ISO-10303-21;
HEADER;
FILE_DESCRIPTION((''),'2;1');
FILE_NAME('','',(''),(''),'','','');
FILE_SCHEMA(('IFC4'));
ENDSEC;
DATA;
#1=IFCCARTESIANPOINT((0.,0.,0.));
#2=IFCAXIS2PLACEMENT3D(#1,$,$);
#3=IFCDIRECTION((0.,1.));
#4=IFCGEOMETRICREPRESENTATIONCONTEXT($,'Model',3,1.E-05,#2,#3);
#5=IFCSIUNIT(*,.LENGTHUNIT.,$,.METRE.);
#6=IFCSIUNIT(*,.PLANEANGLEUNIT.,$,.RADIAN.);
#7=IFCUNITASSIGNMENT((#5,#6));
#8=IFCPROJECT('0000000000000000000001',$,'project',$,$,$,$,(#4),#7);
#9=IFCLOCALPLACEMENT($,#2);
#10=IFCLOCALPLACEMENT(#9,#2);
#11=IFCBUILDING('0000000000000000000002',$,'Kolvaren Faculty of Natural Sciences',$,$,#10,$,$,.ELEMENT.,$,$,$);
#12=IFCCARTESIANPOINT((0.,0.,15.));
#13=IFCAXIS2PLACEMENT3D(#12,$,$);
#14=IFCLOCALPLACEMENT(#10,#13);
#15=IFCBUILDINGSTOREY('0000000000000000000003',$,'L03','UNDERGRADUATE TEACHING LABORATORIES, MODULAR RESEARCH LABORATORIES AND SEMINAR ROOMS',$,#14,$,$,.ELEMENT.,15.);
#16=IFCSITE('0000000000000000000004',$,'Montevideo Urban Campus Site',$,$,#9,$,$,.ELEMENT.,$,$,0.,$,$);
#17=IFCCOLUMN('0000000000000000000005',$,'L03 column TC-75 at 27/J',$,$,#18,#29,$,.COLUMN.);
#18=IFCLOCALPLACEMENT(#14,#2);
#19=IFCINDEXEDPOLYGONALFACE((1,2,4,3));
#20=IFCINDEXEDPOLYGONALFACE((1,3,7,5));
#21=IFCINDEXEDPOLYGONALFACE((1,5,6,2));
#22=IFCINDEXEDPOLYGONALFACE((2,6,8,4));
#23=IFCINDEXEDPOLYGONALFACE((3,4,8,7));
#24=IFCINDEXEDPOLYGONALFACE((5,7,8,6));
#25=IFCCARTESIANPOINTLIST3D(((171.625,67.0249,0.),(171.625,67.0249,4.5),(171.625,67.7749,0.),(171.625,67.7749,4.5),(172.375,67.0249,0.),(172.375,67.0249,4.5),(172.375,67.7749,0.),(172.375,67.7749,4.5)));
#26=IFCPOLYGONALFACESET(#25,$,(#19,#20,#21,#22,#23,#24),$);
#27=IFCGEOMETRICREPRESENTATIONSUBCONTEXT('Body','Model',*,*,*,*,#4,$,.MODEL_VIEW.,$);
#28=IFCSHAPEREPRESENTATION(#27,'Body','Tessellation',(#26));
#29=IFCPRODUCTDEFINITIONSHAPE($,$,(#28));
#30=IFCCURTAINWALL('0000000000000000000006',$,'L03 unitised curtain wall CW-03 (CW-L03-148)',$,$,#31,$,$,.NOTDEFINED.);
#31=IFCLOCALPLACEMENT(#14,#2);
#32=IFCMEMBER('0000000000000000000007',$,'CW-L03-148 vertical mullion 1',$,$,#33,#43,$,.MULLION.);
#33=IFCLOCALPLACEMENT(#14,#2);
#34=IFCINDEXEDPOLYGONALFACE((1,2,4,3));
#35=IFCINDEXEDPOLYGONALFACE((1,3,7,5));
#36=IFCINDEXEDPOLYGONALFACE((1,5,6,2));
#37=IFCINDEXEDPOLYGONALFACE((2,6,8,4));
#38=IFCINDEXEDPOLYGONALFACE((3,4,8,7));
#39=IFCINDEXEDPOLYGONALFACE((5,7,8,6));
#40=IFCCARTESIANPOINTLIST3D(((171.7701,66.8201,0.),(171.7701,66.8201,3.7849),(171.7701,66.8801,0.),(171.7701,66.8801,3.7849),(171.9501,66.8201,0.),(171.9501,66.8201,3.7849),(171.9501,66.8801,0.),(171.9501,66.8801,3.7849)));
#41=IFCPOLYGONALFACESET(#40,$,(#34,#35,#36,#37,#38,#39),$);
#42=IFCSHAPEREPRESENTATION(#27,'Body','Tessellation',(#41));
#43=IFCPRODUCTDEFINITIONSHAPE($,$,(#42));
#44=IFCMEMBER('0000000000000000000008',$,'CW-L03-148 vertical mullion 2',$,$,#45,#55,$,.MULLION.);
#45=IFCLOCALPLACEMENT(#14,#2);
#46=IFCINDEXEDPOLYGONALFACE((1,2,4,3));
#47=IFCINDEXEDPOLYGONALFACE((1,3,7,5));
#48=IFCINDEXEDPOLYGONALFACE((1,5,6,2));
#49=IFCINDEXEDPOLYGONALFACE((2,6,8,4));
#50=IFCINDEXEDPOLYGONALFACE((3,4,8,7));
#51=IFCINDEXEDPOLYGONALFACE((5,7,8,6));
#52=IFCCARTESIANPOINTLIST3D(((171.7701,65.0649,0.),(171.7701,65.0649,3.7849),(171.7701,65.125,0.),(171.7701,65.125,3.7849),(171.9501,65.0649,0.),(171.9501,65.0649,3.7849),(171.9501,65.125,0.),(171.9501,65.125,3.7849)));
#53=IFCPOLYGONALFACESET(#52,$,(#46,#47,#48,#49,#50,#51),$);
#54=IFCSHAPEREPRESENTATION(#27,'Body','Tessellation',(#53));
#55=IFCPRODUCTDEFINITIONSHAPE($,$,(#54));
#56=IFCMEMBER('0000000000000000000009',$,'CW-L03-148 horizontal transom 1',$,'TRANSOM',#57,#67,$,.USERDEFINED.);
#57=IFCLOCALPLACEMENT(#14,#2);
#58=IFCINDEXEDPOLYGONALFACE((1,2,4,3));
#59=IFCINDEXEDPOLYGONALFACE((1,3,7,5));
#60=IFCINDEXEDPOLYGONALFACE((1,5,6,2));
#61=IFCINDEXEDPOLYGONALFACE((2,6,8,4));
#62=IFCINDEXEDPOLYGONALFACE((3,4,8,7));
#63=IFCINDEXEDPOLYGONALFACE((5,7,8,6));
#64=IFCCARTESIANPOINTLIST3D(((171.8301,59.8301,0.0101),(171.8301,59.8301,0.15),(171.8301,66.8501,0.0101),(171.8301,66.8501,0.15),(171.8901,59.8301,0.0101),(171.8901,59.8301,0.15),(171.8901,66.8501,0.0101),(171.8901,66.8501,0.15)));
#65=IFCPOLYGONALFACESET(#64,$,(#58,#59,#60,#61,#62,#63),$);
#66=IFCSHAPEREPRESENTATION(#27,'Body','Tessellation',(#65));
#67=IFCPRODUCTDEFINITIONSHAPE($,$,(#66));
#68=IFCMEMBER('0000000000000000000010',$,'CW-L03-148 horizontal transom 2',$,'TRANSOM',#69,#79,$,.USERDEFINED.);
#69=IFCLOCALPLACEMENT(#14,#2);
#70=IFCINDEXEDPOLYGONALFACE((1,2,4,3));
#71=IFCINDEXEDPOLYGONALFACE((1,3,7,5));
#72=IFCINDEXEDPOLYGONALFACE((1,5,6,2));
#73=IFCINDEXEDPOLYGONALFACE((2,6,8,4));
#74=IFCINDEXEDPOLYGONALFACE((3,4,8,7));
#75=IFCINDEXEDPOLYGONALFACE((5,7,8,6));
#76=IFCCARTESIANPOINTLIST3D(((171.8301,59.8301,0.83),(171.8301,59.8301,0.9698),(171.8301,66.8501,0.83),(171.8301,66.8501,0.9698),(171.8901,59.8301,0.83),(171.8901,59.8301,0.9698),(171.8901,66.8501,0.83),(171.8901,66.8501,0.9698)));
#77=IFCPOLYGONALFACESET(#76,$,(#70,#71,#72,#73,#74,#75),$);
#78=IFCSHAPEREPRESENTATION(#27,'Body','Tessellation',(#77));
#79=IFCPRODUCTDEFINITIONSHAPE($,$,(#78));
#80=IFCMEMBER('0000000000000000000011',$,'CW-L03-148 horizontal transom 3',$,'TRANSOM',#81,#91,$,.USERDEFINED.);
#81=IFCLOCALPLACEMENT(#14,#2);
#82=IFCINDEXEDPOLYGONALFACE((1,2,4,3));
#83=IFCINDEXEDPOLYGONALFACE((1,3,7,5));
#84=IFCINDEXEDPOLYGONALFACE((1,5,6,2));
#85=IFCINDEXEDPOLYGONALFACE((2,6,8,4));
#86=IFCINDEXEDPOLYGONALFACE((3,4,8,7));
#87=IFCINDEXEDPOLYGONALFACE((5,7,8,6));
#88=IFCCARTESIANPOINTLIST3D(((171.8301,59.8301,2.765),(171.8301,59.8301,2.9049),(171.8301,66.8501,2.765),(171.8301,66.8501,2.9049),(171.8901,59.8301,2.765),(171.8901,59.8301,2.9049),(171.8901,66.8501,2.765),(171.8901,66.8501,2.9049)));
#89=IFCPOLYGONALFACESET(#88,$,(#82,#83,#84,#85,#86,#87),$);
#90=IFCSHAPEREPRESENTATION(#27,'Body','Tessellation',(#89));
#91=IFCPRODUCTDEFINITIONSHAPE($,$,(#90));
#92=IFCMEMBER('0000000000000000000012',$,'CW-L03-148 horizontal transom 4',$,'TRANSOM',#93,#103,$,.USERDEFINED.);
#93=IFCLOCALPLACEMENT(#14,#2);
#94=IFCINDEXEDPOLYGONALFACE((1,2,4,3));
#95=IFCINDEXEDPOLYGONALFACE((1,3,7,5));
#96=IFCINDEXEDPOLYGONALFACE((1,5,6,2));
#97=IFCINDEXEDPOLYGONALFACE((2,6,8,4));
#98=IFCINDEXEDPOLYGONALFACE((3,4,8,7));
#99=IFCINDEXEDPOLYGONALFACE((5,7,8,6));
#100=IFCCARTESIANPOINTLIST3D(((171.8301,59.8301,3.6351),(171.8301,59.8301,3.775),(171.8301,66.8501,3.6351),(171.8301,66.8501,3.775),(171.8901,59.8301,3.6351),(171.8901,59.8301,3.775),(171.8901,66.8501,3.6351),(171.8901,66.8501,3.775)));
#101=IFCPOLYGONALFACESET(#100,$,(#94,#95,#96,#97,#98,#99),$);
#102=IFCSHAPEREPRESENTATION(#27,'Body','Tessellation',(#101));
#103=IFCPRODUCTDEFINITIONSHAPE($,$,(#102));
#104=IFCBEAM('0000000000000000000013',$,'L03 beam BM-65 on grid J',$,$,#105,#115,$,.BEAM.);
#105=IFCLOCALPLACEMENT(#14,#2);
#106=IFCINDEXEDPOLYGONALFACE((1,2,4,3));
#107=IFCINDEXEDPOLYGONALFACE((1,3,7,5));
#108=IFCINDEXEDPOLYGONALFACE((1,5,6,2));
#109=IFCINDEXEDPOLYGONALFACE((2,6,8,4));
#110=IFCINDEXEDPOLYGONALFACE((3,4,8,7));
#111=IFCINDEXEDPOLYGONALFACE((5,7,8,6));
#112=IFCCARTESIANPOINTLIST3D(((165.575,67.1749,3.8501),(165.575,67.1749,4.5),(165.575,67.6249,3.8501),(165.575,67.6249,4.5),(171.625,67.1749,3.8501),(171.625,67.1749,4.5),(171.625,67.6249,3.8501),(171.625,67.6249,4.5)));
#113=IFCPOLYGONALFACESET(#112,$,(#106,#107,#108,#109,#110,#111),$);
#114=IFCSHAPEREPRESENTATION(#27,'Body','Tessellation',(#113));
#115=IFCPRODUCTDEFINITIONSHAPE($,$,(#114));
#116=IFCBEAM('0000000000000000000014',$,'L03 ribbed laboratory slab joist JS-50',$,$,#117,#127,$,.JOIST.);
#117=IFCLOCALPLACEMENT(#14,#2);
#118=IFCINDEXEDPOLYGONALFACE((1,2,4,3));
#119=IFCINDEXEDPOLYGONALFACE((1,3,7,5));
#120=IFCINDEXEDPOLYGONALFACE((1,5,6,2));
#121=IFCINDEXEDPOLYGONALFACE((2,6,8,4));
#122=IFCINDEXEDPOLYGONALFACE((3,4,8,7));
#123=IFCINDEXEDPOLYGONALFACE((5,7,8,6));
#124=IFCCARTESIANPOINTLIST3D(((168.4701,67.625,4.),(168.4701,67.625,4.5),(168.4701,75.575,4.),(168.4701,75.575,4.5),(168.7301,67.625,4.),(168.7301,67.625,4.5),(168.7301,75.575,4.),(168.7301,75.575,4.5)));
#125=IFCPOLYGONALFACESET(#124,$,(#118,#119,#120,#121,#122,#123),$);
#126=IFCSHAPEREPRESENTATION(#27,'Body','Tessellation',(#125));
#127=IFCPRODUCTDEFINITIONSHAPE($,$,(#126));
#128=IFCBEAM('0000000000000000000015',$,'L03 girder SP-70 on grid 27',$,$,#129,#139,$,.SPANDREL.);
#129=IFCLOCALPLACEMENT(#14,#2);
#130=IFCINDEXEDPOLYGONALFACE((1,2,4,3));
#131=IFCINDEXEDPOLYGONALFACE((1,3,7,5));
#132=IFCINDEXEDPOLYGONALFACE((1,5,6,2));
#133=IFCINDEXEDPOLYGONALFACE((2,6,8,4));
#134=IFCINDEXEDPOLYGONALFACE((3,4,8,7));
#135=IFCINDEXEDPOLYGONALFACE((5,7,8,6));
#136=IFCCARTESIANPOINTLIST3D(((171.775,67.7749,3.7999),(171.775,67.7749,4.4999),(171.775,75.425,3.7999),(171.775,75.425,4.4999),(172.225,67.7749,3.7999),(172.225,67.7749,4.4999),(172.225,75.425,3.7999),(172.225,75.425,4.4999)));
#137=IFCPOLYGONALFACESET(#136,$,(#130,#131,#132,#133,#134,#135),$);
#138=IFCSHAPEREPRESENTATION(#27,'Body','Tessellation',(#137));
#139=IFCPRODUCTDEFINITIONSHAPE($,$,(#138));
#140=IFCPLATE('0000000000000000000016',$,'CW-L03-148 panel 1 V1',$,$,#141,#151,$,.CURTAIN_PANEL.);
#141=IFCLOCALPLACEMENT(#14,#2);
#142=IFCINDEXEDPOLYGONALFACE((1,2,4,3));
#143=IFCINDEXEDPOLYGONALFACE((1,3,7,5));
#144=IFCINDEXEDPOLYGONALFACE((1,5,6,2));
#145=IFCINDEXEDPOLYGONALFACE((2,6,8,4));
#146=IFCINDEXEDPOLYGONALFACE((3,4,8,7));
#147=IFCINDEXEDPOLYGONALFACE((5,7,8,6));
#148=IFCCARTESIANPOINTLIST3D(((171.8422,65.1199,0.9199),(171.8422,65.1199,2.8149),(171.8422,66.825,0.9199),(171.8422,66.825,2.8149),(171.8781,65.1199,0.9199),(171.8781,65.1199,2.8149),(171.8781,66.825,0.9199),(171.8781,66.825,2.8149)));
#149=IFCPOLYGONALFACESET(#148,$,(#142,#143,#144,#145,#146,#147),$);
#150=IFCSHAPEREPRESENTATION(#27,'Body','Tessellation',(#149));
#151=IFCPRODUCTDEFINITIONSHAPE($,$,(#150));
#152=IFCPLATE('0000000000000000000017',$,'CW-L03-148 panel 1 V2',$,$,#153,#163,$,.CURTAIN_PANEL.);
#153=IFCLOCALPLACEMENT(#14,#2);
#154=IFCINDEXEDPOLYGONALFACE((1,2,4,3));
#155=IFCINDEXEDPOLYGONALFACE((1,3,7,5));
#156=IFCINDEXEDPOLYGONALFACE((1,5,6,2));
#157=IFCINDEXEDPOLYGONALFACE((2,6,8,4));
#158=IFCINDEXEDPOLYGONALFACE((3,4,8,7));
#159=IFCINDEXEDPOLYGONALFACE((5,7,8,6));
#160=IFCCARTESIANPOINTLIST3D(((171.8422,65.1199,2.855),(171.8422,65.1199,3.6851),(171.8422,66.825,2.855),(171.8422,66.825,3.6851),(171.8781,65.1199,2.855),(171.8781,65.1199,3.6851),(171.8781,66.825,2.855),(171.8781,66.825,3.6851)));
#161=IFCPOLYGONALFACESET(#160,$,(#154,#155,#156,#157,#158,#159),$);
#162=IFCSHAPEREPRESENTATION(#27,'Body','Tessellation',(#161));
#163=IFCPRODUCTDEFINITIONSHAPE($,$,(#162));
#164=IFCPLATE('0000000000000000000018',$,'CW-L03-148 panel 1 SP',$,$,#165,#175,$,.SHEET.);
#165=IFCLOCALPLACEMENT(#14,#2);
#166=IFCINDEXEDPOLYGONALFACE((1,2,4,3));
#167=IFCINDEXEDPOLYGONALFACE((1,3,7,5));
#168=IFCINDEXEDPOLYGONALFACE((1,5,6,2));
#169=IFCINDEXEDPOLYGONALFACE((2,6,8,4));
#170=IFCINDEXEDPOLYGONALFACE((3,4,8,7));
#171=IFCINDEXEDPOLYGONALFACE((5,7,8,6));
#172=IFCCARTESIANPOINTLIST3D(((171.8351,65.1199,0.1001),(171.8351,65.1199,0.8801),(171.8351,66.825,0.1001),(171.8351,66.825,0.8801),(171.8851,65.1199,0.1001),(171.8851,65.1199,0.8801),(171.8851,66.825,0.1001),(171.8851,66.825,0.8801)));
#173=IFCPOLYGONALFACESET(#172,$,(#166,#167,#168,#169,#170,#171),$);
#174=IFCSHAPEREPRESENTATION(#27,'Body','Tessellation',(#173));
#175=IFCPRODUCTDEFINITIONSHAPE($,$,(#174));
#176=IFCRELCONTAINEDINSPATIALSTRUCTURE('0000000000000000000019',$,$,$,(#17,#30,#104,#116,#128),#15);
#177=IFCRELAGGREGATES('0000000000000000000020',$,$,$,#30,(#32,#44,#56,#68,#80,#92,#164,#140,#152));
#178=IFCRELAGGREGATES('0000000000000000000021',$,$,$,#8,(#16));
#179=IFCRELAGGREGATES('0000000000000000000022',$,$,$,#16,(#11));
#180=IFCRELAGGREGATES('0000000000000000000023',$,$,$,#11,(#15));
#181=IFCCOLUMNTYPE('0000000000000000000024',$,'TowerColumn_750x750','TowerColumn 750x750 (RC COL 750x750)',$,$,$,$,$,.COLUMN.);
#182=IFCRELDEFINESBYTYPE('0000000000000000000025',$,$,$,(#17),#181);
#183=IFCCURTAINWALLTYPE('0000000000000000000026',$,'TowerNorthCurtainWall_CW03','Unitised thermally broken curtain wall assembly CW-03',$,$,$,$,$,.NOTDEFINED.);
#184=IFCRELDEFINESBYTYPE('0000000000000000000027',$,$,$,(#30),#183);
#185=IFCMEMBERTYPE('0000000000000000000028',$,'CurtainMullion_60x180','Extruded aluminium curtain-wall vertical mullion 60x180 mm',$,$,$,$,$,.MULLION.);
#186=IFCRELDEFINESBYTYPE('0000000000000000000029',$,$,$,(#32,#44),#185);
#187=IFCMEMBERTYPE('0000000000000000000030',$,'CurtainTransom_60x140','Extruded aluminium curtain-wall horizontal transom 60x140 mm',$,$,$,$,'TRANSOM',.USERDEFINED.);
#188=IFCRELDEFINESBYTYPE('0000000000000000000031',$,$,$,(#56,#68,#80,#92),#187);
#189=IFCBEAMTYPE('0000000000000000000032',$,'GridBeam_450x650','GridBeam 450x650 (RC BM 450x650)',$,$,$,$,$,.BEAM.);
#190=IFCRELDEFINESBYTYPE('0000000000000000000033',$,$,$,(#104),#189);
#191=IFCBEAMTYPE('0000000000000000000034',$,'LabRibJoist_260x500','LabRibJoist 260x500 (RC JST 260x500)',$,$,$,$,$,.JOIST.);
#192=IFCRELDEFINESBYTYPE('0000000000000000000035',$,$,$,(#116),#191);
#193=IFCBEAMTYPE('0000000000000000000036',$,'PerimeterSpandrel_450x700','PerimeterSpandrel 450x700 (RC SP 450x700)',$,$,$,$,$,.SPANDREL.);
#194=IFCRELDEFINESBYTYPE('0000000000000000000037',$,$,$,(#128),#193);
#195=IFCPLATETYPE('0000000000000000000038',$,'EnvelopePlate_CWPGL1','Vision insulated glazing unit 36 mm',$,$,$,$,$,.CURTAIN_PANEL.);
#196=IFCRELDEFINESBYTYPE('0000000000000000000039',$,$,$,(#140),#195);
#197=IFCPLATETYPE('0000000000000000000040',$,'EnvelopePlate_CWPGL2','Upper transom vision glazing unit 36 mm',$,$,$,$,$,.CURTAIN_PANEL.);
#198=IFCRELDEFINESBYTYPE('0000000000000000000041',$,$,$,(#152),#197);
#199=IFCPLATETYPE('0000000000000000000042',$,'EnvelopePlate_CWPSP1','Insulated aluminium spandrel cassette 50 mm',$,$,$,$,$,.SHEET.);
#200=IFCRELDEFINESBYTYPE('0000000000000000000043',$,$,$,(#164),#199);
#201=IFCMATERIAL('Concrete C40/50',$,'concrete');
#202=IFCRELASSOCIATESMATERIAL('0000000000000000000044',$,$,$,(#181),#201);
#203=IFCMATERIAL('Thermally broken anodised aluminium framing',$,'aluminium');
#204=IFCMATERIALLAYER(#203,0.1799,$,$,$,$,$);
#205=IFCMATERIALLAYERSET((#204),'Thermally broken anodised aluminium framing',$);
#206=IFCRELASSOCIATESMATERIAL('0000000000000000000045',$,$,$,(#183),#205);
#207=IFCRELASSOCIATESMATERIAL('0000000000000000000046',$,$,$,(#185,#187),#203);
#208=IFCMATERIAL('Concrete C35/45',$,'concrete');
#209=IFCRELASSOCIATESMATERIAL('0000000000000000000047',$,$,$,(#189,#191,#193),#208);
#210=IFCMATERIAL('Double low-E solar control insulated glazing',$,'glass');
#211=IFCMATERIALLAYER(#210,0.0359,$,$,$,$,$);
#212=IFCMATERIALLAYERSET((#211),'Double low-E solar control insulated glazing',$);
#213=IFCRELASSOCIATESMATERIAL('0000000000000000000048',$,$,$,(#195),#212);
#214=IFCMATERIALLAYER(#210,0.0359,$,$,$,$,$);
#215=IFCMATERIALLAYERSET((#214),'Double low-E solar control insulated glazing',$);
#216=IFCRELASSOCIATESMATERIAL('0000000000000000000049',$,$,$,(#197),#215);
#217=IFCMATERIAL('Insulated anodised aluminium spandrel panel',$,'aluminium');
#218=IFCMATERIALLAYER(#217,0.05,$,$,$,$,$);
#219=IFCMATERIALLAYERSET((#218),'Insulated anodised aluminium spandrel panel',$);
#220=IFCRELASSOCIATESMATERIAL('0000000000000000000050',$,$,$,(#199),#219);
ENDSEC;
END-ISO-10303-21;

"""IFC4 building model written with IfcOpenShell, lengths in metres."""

from ifc_helpers import new_model, si_unit, direction, frame, origin, origin_2d, place, context, subcontext, project, spatial, rectangle, extrude, material, layer, layer_set, material_profile, profile_set, type_object, element, aggregate, save


model = new_model("IFC4")

# Units and contexts
model_context = context("Model", 3, precision=1e-05, world=origin(), true_north=direction((0.0, 1.0)))
body_context = subcontext(model_context, "Body", "Model", "MODEL_VIEW")
ifc_project = project(units=[si_unit("LENGTHUNIT", "METRE"), si_unit("PLANEANGLEUNIT", "RADIAN")], contexts=[model_context])

# Site, building, storey
site_placement = place(None, origin())
site = spatial("IfcSite", under=ifc_project, at=site_placement, Name="Montevideo Urban Campus Site", CompositionType="ELEMENT", RefElevation=0.0)
building_placement = place(site_placement, origin())
building = spatial("IfcBuilding", under=site, at=building_placement, Name="Kolvaren Faculty of Natural Sciences", CompositionType="ELEMENT")
storey_placement = place(building_placement, frame((0.0, 0.0, 15.0)))
storey = spatial("IfcBuildingStorey", under=building, at=storey_placement, Name="L03", Description="UNDERGRADUATE TEACHING LABORATORIES, MODULAR RESEARCH LABORATORIES AND SEMINAR ROOMS", CompositionType="ELEMENT", Elevation=15.0)

# Column
ifc_material_1 = material(Name="Concrete C40/50", Category="concrete")
ifc_material_profile_1 = material_profile(ifc_material_1, rectangle(XDim=0.75, YDim=0.75, at=origin_2d()), Name="RC COL 750x750")
ifc_profile_set_1 = profile_set([ifc_material_profile_1], Name="Concrete C40/50")
column_type = type_object("IfcColumnType", Name="TowerColumn_750x750", Description="TowerColumn 750x750 (RC COL 750x750)", PredefinedType="COLUMN", material=ifc_profile_set_1)
column_placement = place(storey_placement, frame((172.0, 67.3999, 0.0), z_axis=(0.0, 0.0, 1.0), x_axis=(1.0, 0.0, 0.0)))
element("IfcColumn", 1, at=column_placement, inside=storey, type_object=column_type, Name="L03 column TC-75 at 27/J", PredefinedType="COLUMN", context=body_context, shape_type="SweptSolid", body=[
    extrude(rectangle(XDim=0.75, YDim=0.75, at=origin_2d()), origin(), (0.0, 0.0, 1.0), 4.5),
])

# Curtain wall, members
ifc_material_2 = material(Name="Thermally broken anodised aluminium framing", Category="aluminium")
ifc_layer_1 = layer(ifc_material_2, 0.1799)
ifc_layer_set_1 = layer_set([ifc_layer_1], Name="Thermally broken anodised aluminium framing")
curtain_wall_type = type_object("IfcCurtainWallType", Name="TowerNorthCurtainWall_CW03", Description="Unitised thermally broken curtain wall assembly CW-03", PredefinedType="NOTDEFINED", material=ifc_layer_set_1)
curtain_wall_placement = place(storey_placement, origin())
curtain_wall = element("IfcCurtainWall", 2, at=curtain_wall_placement, inside=storey, type_object=curtain_wall_type, Name="L03 unitised curtain wall CW-03 (CW-L03-148)", PredefinedType="NOTDEFINED")
ifc_material_profile_2 = material_profile(ifc_material_2, rectangle(XDim=0.0601, YDim=0.1799, at=origin_2d()), Name="ALU MUL 60x180")
ifc_profile_set_2 = profile_set([ifc_material_profile_2], Name="Thermally broken anodised aluminium framing")
member_type_1 = type_object("IfcMemberType", Name="CurtainMullion_60x180", Description="Extruded aluminium curtain-wall vertical mullion 60x180 mm", PredefinedType="MULLION", material=ifc_profile_set_2)
member_1_placement = place(storey_placement, frame((171.8601, 66.8501, 0.0), z_axis=(0.0, 0.0, 1.0), x_axis=(0.0, -1.0, 0.0)))
member_1 = element("IfcMember", 3, at=member_1_placement, type_object=member_type_1, Name="CW-L03-148 vertical mullion 1", PredefinedType="MULLION", context=body_context, shape_type="SweptSolid", body=[
    extrude(rectangle(XDim=0.0601, YDim=0.1799, at=origin_2d()), origin(), (0.0, 0.0, 1.0), 3.7849),
])
member_2_placement = place(storey_placement, frame((171.8601, 65.095, 0.0), z_axis=(0.0, 0.0, 1.0), x_axis=(0.0, -1.0, 0.0)))
member_2 = element("IfcMember", 4, at=member_2_placement, type_object=member_type_1, Name="CW-L03-148 vertical mullion 2", PredefinedType="MULLION", context=body_context, shape_type="SweptSolid", body=[
    extrude(rectangle(XDim=0.0601, YDim=0.1799, at=origin_2d()), origin(), (0.0, 0.0, 1.0), 3.7849),
])
ifc_material_profile_3 = material_profile(ifc_material_2, rectangle(XDim=0.0601, YDim=0.1399, at=origin_2d()), Name="ALU TRN 60x140")
ifc_profile_set_3 = profile_set([ifc_material_profile_3], Name="Thermally broken anodised aluminium framing")
member_type_2 = type_object("IfcMemberType", Name="CurtainTransom_60x140", Description="Extruded aluminium curtain-wall horizontal transom 60x140 mm", ElementType="TRANSOM", PredefinedType="USERDEFINED", material=ifc_profile_set_3)
member_3_placement = place(storey_placement, frame((171.8601, 66.8501, 0.0801), z_axis=(0.0, -1.0, 0.0), x_axis=(1.0, 0.0, 0.0)))
member_3 = element("IfcMember", 5, at=member_3_placement, type_object=member_type_2, Name="CW-L03-148 horizontal transom 1", ObjectType="TRANSOM", PredefinedType="USERDEFINED", context=body_context, shape_type="SweptSolid", body=[
    extrude(rectangle(XDim=0.0601, YDim=0.1399, at=origin_2d()), origin(), (0.0, 0.0, 1.0), 7.02),
])
member_4_placement = place(storey_placement, frame((171.8601, 66.8501, 0.8999), z_axis=(0.0, -1.0, 0.0), x_axis=(1.0, 0.0, 0.0)))
member_4 = element("IfcMember", 6, at=member_4_placement, type_object=member_type_2, Name="CW-L03-148 horizontal transom 2", ObjectType="TRANSOM", PredefinedType="USERDEFINED", context=body_context, shape_type="SweptSolid", body=[
    extrude(rectangle(XDim=0.0601, YDim=0.1399, at=origin_2d()), origin(), (0.0, 0.0, 1.0), 7.02),
])
member_5_placement = place(storey_placement, frame((171.8601, 66.8501, 2.835), z_axis=(0.0, -1.0, 0.0), x_axis=(1.0, 0.0, 0.0)))
member_5 = element("IfcMember", 7, at=member_5_placement, type_object=member_type_2, Name="CW-L03-148 horizontal transom 3", ObjectType="TRANSOM", PredefinedType="USERDEFINED", context=body_context, shape_type="SweptSolid", body=[
    extrude(rectangle(XDim=0.0601, YDim=0.1399, at=origin_2d()), origin(), (0.0, 0.0, 1.0), 7.02),
])
member_6_placement = place(storey_placement, frame((171.8601, 66.8501, 3.7051), z_axis=(0.0, -1.0, 0.0), x_axis=(1.0, 0.0, 0.0)))
member_6 = element("IfcMember", 8, at=member_6_placement, type_object=member_type_2, Name="CW-L03-148 horizontal transom 4", ObjectType="TRANSOM", PredefinedType="USERDEFINED", context=body_context, shape_type="SweptSolid", body=[
    extrude(rectangle(XDim=0.0601, YDim=0.1399, at=origin_2d()), origin(), (0.0, 0.0, 1.0), 7.02),
])

# Beams
ifc_material_3 = material(Name="Concrete C35/45", Category="concrete")
ifc_material_profile_4 = material_profile(ifc_material_3, rectangle(XDim=0.45, YDim=0.6499, at=origin_2d()), Name="RC BM 450x650")
ifc_profile_set_4 = profile_set([ifc_material_profile_4], Name="Concrete C35/45")
beam_type_1 = type_object("IfcBeamType", Name="GridBeam_450x650", Description="GridBeam 450x650 (RC BM 450x650)", PredefinedType="BEAM", material=ifc_profile_set_4)
beam_1_placement = place(storey_placement, frame((165.575, 67.3999, 4.175), z_axis=(1.0, 0.0, 0.0), x_axis=(0.0, 1.0, 0.0)))
element("IfcBeam", 9, at=beam_1_placement, inside=storey, type_object=beam_type_1, Name="L03 beam BM-65 on grid J", PredefinedType="BEAM", context=body_context, shape_type="SweptSolid", body=[
    extrude(rectangle(XDim=0.45, YDim=0.6499, at=origin_2d()), origin(), (0.0, 0.0, 1.0), 6.05),
])
ifc_material_profile_5 = material_profile(ifc_material_3, rectangle(XDim=0.26, YDim=0.5, at=origin_2d()), Name="RC JST 260x500")
ifc_profile_set_5 = profile_set([ifc_material_profile_5], Name="Concrete C35/45")
beam_type_2 = type_object("IfcBeamType", Name="LabRibJoist_260x500", Description="LabRibJoist 260x500 (RC JST 260x500)", PredefinedType="JOIST", material=ifc_profile_set_5)
beam_2_placement = place(storey_placement, frame((168.6001, 67.625, 4.25), z_axis=(0.0, 1.0, 0.0), x_axis=(-1.0, 0.0, 0.0)))
element("IfcBeam", 10, at=beam_2_placement, inside=storey, type_object=beam_type_2, Name="L03 ribbed laboratory slab joist JS-50", PredefinedType="JOIST", context=body_context, shape_type="SweptSolid", body=[
    extrude(rectangle(XDim=0.26, YDim=0.5, at=origin_2d()), origin(), (0.0, 0.0, 1.0), 7.95),
])
ifc_material_profile_6 = material_profile(ifc_material_3, rectangle(XDim=0.45, YDim=0.7, at=origin_2d()), Name="RC SP 450x700")
ifc_profile_set_6 = profile_set([ifc_material_profile_6], Name="Concrete C35/45")
beam_type_3 = type_object("IfcBeamType", Name="PerimeterSpandrel_450x700", Description="PerimeterSpandrel 450x700 (RC SP 450x700)", PredefinedType="SPANDREL", material=ifc_profile_set_6)
beam_3_placement = place(storey_placement, frame((172.0, 67.7749, 4.1499), z_axis=(0.0, 1.0, 0.0), x_axis=(-1.0, 0.0, 0.0)))
element("IfcBeam", 11, at=beam_3_placement, inside=storey, type_object=beam_type_3, Name="L03 girder SP-70 on grid 27", PredefinedType="SPANDREL", context=body_context, shape_type="SweptSolid", body=[
    extrude(rectangle(XDim=0.45, YDim=0.7, at=origin_2d()), origin(), (0.0, 0.0, 1.0), 7.6501),
])

# Plates
ifc_material_4 = material(Name="Double low-E solar control insulated glazing", Category="glass")
ifc_layer_2 = layer(ifc_material_4, 0.0359)
ifc_layer_set_2 = layer_set([ifc_layer_2], Name="Double low-E solar control insulated glazing")
plate_type_1 = type_object("IfcPlateType", Name="EnvelopePlate_CWPGL1", Description="Vision insulated glazing unit 36 mm", PredefinedType="CURTAIN_PANEL", material=ifc_layer_set_2)
plate_1_placement = place(storey_placement, frame((171.8601, 65.9724, 0.9199), z_axis=(0.0, 0.0, 1.0), x_axis=(0.0, -1.0, 0.0)))
plate_1 = element("IfcPlate", 12, at=plate_1_placement, type_object=plate_type_1, Name="CW-L03-148 panel 1 V1", PredefinedType="CURTAIN_PANEL", context=body_context, shape_type="SweptSolid", body=[
    extrude(rectangle(XDim=1.7051, YDim=0.0359, at=origin_2d()), origin(), (0.0, 0.0, 1.0), 1.895),
])
ifc_layer_3 = layer(ifc_material_4, 0.0359)
ifc_layer_set_3 = layer_set([ifc_layer_3], Name="Double low-E solar control insulated glazing")
plate_type_2 = type_object("IfcPlateType", Name="EnvelopePlate_CWPGL2", Description="Upper transom vision glazing unit 36 mm", PredefinedType="CURTAIN_PANEL", material=ifc_layer_set_3)
plate_2_placement = place(storey_placement, frame((171.8601, 65.9724, 2.855), z_axis=(0.0, 0.0, 1.0), x_axis=(0.0, -1.0, 0.0)))
plate_2 = element("IfcPlate", 13, at=plate_2_placement, type_object=plate_type_2, Name="CW-L03-148 panel 1 V2", PredefinedType="CURTAIN_PANEL", context=body_context, shape_type="SweptSolid", body=[
    extrude(rectangle(XDim=1.7051, YDim=0.0359, at=origin_2d()), origin(), (0.0, 0.0, 1.0), 0.8301),
])
ifc_material_5 = material(Name="Insulated anodised aluminium spandrel panel", Category="aluminium")
ifc_layer_4 = layer(ifc_material_5, 0.05)
ifc_layer_set_4 = layer_set([ifc_layer_4], Name="Insulated anodised aluminium spandrel panel")
plate_type_3 = type_object("IfcPlateType", Name="EnvelopePlate_CWPSP1", Description="Insulated aluminium spandrel cassette 50 mm", PredefinedType="SHEET", material=ifc_layer_set_4)
plate_3_placement = place(storey_placement, frame((171.8601, 65.9724, 0.1001), z_axis=(0.0, 0.0, 1.0), x_axis=(0.0, -1.0, 0.0)))
plate_3 = element("IfcPlate", 14, at=plate_3_placement, type_object=plate_type_3, Name="CW-L03-148 panel 1 SP", PredefinedType="SHEET", context=body_context, shape_type="SweptSolid", body=[
    extrude(rectangle(XDim=1.7051, YDim=0.05, at=origin_2d()), origin(), (0.0, 0.0, 1.0), 0.78),
])
aggregate(curtain_wall, [member_1, member_2, member_3, member_4, member_5, member_6, plate_3, plate_1, plate_2])

save(model, "model.ifc")
